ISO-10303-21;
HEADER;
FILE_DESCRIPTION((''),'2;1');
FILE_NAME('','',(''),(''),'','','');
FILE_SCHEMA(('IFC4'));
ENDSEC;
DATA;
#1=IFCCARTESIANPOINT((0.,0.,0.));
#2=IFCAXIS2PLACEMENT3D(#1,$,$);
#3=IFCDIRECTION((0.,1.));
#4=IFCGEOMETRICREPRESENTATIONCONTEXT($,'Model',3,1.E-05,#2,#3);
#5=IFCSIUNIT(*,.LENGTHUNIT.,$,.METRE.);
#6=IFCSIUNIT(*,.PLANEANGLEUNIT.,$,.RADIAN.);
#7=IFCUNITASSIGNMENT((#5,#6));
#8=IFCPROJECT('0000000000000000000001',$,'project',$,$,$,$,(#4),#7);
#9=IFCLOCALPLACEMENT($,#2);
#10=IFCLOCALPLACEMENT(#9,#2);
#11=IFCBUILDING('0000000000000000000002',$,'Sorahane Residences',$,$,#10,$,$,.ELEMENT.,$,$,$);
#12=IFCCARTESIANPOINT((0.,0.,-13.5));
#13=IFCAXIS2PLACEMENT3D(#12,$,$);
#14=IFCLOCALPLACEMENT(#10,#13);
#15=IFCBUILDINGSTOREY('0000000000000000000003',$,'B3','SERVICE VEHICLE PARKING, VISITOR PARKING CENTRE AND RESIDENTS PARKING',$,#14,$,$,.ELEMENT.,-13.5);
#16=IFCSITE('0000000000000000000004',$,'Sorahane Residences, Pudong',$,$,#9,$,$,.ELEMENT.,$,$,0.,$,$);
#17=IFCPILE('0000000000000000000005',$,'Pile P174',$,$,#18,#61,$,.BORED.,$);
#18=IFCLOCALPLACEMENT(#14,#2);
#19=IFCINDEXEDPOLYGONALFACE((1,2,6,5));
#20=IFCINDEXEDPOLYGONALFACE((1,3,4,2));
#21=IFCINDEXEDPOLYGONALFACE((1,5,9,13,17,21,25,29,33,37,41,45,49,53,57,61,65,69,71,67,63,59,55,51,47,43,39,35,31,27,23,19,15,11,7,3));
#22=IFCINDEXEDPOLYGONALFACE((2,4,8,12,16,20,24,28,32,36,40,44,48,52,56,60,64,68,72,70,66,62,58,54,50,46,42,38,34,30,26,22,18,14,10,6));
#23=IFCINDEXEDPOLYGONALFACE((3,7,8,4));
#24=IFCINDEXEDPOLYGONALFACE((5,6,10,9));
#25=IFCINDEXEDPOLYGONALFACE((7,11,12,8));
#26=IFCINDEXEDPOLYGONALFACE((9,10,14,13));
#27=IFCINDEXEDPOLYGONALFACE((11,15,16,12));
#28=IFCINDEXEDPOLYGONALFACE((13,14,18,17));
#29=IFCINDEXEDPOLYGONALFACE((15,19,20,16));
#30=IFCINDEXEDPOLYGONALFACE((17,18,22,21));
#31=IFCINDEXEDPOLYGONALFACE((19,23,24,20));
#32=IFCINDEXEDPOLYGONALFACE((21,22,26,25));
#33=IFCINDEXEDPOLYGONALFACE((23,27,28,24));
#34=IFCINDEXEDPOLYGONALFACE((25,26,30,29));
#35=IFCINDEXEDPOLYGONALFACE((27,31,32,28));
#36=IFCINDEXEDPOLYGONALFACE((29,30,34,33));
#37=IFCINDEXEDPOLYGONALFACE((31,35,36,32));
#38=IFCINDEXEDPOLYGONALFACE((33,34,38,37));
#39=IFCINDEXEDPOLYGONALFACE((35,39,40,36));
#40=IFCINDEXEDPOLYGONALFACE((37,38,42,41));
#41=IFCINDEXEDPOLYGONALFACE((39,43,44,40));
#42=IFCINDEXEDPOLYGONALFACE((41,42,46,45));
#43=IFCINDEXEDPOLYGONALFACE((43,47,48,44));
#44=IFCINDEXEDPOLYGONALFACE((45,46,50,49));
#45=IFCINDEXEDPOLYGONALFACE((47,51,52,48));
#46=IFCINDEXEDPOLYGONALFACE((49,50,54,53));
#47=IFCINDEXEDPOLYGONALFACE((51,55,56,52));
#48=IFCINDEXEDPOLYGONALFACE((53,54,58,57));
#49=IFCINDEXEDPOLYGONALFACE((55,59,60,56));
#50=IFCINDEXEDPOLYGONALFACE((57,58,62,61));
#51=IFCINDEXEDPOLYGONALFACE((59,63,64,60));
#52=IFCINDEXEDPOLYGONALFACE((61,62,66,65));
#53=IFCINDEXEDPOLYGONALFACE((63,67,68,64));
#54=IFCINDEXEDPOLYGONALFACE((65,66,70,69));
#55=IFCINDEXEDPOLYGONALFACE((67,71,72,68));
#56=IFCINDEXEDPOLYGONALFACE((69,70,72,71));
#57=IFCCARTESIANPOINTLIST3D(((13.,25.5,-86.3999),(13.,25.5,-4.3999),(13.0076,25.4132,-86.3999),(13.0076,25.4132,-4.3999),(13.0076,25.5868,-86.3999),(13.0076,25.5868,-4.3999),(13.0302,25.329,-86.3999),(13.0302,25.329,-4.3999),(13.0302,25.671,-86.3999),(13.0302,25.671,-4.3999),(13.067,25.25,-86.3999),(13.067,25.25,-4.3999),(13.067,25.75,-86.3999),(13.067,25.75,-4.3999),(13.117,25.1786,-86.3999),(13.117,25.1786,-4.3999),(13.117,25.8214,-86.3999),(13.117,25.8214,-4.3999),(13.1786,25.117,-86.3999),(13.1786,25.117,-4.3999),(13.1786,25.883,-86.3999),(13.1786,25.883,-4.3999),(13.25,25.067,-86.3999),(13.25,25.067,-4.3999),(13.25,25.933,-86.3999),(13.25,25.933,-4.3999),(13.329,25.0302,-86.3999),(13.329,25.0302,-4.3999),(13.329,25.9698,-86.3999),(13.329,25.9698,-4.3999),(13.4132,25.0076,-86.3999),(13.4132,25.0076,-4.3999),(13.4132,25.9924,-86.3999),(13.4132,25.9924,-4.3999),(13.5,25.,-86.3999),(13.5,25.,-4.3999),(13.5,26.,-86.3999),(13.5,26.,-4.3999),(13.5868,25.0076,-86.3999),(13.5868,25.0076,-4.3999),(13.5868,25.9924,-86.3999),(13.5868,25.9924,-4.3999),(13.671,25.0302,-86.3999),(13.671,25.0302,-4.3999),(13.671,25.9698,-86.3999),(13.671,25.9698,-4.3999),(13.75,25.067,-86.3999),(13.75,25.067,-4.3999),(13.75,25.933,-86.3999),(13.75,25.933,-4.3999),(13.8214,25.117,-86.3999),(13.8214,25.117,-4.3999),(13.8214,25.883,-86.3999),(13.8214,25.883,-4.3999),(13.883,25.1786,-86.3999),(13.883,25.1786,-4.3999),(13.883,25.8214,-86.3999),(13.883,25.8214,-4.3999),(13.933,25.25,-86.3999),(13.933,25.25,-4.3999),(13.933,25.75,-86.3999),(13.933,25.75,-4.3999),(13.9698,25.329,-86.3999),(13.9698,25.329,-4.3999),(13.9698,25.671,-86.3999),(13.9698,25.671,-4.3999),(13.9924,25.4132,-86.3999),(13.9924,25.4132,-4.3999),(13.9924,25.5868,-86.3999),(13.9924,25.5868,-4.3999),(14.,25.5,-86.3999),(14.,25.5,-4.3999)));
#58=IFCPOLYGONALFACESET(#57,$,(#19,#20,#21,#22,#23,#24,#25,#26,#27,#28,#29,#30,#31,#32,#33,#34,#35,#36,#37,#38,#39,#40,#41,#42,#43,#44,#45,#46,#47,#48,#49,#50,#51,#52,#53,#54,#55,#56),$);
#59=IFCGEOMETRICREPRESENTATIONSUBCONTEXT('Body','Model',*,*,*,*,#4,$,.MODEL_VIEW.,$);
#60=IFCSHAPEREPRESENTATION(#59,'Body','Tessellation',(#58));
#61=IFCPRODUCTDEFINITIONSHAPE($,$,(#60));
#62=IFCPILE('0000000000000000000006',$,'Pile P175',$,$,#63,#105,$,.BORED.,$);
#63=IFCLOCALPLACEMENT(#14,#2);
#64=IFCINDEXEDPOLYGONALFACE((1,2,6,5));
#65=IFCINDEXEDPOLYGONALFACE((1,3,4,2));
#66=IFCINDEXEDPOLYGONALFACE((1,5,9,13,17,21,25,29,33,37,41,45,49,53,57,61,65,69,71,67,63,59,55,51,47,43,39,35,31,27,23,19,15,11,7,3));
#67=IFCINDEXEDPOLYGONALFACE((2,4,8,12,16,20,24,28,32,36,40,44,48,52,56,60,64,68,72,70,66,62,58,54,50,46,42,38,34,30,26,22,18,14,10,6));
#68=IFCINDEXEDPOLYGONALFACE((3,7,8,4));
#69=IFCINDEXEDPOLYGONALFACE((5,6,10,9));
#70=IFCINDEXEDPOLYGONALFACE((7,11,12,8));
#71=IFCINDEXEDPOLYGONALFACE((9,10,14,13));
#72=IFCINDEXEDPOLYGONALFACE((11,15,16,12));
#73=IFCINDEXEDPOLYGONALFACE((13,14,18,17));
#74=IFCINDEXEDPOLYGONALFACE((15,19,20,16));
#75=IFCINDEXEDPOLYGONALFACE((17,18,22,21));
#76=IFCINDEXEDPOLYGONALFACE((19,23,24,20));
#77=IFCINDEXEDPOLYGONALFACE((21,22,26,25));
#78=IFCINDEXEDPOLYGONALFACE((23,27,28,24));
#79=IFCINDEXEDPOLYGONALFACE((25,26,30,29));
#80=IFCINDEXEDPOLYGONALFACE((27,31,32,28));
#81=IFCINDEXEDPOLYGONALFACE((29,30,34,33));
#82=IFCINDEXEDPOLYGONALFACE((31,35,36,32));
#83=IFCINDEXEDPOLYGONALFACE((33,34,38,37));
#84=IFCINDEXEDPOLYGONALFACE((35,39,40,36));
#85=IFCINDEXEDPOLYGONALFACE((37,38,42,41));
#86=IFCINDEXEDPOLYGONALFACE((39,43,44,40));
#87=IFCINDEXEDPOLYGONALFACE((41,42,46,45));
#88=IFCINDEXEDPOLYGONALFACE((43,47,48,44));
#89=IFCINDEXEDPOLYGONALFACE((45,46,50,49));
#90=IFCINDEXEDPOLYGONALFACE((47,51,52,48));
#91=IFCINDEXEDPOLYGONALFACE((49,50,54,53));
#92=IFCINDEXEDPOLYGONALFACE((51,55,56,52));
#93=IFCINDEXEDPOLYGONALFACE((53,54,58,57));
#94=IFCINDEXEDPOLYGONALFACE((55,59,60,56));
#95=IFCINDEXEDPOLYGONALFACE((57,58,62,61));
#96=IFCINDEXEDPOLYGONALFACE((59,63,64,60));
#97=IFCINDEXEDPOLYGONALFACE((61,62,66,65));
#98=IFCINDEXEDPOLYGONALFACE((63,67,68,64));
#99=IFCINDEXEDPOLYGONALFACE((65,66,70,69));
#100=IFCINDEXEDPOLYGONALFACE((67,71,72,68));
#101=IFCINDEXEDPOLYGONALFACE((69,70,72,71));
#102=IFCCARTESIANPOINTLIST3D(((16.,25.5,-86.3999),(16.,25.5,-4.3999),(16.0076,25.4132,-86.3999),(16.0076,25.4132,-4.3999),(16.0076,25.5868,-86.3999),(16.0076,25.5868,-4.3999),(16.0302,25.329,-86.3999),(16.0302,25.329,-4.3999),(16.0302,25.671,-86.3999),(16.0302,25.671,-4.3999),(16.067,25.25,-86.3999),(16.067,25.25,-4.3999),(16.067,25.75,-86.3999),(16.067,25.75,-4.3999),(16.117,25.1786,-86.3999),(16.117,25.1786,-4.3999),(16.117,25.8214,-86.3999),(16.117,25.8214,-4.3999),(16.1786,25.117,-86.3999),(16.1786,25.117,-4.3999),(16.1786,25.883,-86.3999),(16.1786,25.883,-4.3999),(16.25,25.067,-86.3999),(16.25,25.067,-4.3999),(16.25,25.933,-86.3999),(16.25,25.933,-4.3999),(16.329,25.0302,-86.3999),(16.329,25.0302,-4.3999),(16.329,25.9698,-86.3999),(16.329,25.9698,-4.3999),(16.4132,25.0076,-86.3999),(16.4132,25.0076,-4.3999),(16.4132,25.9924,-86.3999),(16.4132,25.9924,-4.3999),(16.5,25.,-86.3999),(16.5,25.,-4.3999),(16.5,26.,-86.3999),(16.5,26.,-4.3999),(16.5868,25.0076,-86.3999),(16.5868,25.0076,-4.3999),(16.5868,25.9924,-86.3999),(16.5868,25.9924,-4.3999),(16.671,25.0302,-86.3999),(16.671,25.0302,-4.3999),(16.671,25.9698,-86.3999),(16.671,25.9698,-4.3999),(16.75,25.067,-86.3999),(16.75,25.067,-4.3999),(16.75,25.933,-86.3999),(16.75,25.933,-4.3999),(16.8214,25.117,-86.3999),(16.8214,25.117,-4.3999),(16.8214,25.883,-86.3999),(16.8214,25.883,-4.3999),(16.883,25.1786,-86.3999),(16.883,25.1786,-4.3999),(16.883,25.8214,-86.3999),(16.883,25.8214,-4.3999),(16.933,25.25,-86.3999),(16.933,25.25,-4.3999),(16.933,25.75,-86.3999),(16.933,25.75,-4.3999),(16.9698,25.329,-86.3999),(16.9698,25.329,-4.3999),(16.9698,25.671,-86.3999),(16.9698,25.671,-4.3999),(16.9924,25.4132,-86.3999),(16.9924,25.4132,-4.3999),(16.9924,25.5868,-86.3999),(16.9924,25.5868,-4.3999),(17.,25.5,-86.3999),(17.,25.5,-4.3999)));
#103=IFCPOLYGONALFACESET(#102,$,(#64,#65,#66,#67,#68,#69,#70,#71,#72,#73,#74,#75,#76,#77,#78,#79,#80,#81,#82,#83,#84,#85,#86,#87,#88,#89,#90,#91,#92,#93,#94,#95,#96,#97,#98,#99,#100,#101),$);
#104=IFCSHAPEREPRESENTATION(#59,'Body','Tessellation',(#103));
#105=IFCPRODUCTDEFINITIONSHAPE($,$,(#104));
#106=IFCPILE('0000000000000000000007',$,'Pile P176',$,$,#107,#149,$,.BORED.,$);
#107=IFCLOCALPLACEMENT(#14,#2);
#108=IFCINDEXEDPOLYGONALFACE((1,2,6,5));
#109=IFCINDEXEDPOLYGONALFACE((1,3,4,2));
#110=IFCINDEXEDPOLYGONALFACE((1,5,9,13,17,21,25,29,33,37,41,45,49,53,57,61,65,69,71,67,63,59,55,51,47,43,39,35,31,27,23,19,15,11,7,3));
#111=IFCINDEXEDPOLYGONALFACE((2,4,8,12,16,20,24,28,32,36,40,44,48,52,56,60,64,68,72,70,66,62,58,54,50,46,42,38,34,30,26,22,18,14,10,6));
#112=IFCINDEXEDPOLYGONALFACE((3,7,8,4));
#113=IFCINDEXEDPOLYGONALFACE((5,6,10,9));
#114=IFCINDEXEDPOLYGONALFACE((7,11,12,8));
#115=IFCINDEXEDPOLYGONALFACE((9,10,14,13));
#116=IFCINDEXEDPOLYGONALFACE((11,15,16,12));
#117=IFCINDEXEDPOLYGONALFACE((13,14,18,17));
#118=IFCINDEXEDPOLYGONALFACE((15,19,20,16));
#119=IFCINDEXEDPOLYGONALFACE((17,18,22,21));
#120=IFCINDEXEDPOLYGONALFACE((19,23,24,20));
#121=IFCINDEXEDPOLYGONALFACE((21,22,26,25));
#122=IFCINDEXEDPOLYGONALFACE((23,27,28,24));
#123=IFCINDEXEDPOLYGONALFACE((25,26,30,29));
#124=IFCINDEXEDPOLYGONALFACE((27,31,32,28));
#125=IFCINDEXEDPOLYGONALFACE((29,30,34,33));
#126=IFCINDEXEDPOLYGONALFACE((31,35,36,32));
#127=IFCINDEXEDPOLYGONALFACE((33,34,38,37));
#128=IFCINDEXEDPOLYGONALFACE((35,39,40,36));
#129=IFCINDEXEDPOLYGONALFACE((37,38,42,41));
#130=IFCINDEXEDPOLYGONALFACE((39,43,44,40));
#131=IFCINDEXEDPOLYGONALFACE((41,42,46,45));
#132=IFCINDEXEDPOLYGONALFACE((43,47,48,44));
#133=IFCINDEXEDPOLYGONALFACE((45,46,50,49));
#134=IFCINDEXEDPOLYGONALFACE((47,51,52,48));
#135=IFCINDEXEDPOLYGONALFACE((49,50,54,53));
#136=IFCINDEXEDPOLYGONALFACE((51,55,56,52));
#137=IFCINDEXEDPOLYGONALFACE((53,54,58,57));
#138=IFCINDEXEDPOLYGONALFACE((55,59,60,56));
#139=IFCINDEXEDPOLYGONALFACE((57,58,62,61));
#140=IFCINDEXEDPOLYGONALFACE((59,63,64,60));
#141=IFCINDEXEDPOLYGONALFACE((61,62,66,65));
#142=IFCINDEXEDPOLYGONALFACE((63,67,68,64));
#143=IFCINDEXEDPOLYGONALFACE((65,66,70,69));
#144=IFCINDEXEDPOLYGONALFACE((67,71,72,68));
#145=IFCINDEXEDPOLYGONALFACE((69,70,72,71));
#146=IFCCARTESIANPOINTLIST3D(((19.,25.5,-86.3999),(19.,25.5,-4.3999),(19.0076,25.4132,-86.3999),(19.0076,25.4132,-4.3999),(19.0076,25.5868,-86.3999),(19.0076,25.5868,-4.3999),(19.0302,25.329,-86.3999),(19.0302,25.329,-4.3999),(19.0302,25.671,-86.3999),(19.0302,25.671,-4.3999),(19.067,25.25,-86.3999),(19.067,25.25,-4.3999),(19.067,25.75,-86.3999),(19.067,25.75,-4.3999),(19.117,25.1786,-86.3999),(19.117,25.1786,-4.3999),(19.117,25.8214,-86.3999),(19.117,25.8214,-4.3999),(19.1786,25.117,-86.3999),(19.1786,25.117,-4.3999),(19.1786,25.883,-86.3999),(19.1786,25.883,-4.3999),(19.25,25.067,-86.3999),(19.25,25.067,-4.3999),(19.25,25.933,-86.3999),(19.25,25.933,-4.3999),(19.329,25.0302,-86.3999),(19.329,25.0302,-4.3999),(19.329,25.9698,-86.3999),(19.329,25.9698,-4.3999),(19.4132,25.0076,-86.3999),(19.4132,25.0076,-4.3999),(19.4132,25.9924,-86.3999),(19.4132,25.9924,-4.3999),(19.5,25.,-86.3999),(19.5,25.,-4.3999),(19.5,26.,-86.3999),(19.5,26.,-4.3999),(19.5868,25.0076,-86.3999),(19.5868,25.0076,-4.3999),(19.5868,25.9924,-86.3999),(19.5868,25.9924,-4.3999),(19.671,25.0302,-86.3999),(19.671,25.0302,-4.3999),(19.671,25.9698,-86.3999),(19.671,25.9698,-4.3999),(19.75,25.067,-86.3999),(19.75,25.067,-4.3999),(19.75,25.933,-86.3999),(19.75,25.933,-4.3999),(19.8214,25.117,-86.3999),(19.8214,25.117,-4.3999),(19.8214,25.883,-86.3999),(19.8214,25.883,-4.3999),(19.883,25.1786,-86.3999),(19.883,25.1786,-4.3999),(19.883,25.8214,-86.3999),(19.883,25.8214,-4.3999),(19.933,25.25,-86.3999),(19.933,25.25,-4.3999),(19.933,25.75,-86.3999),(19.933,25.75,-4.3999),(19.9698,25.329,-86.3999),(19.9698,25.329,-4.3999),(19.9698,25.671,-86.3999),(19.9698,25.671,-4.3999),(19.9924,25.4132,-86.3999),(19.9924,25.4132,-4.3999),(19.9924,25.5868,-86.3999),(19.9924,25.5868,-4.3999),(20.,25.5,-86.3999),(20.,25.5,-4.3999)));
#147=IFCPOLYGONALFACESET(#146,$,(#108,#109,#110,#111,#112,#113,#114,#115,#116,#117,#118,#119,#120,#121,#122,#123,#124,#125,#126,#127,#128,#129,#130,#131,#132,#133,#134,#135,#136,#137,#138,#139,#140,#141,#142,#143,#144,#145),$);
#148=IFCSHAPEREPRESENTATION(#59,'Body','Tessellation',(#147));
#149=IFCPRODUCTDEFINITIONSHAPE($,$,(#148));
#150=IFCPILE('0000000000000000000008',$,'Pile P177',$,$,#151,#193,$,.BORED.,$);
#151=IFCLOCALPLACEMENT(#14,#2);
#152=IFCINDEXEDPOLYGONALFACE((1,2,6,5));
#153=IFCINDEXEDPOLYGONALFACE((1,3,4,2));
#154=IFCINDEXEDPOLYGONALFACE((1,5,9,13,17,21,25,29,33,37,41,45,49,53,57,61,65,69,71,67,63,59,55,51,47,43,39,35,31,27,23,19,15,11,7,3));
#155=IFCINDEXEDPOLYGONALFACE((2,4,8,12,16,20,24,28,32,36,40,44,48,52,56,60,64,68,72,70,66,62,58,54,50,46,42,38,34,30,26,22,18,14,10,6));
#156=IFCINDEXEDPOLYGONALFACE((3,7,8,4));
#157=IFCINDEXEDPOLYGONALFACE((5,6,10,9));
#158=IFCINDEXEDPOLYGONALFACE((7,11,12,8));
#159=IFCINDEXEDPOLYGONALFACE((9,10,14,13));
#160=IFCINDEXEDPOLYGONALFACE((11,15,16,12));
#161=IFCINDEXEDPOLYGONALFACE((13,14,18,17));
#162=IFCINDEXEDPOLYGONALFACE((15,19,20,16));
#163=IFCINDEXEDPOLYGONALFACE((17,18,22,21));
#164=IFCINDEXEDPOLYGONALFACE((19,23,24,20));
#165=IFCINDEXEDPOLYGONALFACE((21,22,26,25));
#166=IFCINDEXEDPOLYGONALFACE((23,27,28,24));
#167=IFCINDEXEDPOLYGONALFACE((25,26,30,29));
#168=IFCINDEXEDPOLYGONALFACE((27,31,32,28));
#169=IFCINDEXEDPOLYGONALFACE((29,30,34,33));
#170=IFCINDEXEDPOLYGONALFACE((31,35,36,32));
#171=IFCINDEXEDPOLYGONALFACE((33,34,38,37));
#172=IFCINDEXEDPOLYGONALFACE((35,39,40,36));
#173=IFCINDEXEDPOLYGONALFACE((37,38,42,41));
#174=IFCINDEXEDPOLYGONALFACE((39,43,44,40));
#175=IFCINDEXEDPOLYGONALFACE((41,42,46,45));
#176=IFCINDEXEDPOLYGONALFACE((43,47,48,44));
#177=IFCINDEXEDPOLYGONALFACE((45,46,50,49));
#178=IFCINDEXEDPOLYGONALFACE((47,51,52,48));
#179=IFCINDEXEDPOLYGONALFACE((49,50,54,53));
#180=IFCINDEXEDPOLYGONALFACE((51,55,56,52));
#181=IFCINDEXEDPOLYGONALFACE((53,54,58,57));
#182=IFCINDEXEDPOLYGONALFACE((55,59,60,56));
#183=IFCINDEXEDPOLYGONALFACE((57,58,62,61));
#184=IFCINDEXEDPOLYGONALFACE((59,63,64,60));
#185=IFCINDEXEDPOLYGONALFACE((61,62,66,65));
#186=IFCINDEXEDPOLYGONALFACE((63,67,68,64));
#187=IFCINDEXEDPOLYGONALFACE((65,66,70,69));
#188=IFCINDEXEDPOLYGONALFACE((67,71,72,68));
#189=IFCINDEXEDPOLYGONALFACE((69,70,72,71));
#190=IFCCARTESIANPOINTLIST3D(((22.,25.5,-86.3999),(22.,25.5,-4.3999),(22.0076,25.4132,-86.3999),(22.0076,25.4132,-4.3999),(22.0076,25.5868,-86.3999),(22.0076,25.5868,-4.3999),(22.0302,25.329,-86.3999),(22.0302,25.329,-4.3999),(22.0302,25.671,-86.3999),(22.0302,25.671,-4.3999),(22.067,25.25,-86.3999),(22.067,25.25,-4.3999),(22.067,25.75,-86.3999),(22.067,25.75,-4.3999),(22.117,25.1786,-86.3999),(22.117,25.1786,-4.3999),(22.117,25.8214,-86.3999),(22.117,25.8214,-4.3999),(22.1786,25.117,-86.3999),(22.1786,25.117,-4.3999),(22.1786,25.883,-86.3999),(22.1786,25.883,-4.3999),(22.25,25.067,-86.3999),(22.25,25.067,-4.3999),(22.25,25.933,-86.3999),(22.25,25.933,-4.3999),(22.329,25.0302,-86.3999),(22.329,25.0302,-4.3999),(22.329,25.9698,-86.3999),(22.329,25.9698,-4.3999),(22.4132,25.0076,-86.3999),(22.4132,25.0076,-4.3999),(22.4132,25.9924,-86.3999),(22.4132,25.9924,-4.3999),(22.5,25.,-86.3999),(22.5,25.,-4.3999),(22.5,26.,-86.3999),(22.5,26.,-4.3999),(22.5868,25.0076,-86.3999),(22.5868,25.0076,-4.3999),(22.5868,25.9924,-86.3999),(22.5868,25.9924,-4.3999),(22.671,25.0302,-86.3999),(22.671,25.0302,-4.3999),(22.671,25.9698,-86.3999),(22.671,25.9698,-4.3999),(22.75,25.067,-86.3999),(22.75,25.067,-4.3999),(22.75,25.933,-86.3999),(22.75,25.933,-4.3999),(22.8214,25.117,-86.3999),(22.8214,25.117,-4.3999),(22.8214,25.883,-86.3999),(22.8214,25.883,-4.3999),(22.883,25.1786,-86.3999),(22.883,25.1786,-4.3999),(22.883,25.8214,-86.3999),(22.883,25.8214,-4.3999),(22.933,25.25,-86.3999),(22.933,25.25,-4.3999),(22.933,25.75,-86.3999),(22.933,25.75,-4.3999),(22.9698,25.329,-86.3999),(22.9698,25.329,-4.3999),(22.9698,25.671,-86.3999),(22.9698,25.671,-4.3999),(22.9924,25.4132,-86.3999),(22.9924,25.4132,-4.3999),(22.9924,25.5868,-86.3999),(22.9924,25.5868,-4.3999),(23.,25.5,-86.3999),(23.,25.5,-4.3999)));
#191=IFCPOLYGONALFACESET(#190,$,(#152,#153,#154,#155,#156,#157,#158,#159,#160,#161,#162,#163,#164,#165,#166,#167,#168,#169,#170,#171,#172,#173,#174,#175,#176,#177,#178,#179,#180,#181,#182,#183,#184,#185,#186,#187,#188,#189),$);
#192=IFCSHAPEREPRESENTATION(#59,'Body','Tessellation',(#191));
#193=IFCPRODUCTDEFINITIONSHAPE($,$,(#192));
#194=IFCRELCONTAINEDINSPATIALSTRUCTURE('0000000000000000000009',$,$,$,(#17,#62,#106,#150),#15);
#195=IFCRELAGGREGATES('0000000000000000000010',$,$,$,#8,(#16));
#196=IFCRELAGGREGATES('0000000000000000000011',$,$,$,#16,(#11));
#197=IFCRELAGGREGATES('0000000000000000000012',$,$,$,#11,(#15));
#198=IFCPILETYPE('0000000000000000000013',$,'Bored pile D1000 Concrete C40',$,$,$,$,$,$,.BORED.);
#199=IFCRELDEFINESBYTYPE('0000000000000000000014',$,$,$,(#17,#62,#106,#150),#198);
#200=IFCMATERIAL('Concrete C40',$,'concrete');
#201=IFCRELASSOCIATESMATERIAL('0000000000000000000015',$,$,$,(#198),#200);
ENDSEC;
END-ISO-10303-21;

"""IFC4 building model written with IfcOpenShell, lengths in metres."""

from ifc_helpers import new_model, si_unit, direction, frame, origin, origin_2d, place, context, subcontext, project, spatial, circle, extrude, material, material_profile, profile_set, type_object, element, save


model = new_model("IFC4")

# Units and contexts
model_context = context("Model", 3, precision=1e-05, world=origin(), true_north=direction((0.0, 1.0)))
body_context = subcontext(model_context, "Body", "Model", "MODEL_VIEW")
ifc_project = project(units=[si_unit("LENGTHUNIT", "METRE"), si_unit("PLANEANGLEUNIT", "RADIAN")], contexts=[model_context])

# Site, building, storey
site_placement = place(None, origin())
site = spatial("IfcSite", under=ifc_project, at=site_placement, Name="Sorahane Residences, Pudong", CompositionType="ELEMENT", RefElevation=0.0)
building_placement = place(site_placement, origin())
building = spatial("IfcBuilding", under=site, at=building_placement, Name="Sorahane Residences", CompositionType="ELEMENT")
storey_placement = place(building_placement, frame((0.0, 0.0, -13.5)))
storey = spatial("IfcBuildingStorey", under=building, at=storey_placement, Name="B3", Description="SERVICE VEHICLE PARKING, VISITOR PARKING CENTRE AND RESIDENTS PARKING", CompositionType="ELEMENT", Elevation=-13.5)

# Piles
ifc_material_1 = material(Name="Concrete C40", Category="concrete")
ifc_material_profile_1 = material_profile(ifc_material_1, circle(Radius=0.5, at=origin_2d()), Name="D1000")
ifc_profile_set_1 = profile_set([ifc_material_profile_1], Name="Concrete C40")
pile_type = type_object("IfcPileType", Name="Bored pile D1000 Concrete C40", PredefinedType="BORED", material=ifc_profile_set_1)
for number, where, z_axis, x_axis, name in (
    (1, (13.5, 25.5, -4.3999), (0.0, 0.0, -1.0), (1.0, 0.0, 0.0), "Pile P174"),
    (2, (16.5, 25.5, -4.3999), (0.0, 0.0, -1.0), (1.0, 0.0, 0.0), "Pile P175"),
    (3, (19.5, 25.5, -4.3999), (0.0, 0.0, -1.0), (1.0, 0.0, 0.0), "Pile P176"),
    (4, (22.5, 25.5, -4.3999), (0.0, 0.0, -1.0), (1.0, 0.0, 0.0), "Pile P177"),
):
    element("IfcPile", number, at=place(storey_placement, frame(where, z_axis=z_axis, x_axis=x_axis)), inside=storey, type_object=pile_type, Name=name, PredefinedType="BORED", context=body_context, shape_type="SweptSolid", body=[
        extrude(circle(Radius=0.5, at=origin_2d()), origin(), (0.0, 0.0, 1.0), 82.0),
    ])

save(model, "model.ifc")
